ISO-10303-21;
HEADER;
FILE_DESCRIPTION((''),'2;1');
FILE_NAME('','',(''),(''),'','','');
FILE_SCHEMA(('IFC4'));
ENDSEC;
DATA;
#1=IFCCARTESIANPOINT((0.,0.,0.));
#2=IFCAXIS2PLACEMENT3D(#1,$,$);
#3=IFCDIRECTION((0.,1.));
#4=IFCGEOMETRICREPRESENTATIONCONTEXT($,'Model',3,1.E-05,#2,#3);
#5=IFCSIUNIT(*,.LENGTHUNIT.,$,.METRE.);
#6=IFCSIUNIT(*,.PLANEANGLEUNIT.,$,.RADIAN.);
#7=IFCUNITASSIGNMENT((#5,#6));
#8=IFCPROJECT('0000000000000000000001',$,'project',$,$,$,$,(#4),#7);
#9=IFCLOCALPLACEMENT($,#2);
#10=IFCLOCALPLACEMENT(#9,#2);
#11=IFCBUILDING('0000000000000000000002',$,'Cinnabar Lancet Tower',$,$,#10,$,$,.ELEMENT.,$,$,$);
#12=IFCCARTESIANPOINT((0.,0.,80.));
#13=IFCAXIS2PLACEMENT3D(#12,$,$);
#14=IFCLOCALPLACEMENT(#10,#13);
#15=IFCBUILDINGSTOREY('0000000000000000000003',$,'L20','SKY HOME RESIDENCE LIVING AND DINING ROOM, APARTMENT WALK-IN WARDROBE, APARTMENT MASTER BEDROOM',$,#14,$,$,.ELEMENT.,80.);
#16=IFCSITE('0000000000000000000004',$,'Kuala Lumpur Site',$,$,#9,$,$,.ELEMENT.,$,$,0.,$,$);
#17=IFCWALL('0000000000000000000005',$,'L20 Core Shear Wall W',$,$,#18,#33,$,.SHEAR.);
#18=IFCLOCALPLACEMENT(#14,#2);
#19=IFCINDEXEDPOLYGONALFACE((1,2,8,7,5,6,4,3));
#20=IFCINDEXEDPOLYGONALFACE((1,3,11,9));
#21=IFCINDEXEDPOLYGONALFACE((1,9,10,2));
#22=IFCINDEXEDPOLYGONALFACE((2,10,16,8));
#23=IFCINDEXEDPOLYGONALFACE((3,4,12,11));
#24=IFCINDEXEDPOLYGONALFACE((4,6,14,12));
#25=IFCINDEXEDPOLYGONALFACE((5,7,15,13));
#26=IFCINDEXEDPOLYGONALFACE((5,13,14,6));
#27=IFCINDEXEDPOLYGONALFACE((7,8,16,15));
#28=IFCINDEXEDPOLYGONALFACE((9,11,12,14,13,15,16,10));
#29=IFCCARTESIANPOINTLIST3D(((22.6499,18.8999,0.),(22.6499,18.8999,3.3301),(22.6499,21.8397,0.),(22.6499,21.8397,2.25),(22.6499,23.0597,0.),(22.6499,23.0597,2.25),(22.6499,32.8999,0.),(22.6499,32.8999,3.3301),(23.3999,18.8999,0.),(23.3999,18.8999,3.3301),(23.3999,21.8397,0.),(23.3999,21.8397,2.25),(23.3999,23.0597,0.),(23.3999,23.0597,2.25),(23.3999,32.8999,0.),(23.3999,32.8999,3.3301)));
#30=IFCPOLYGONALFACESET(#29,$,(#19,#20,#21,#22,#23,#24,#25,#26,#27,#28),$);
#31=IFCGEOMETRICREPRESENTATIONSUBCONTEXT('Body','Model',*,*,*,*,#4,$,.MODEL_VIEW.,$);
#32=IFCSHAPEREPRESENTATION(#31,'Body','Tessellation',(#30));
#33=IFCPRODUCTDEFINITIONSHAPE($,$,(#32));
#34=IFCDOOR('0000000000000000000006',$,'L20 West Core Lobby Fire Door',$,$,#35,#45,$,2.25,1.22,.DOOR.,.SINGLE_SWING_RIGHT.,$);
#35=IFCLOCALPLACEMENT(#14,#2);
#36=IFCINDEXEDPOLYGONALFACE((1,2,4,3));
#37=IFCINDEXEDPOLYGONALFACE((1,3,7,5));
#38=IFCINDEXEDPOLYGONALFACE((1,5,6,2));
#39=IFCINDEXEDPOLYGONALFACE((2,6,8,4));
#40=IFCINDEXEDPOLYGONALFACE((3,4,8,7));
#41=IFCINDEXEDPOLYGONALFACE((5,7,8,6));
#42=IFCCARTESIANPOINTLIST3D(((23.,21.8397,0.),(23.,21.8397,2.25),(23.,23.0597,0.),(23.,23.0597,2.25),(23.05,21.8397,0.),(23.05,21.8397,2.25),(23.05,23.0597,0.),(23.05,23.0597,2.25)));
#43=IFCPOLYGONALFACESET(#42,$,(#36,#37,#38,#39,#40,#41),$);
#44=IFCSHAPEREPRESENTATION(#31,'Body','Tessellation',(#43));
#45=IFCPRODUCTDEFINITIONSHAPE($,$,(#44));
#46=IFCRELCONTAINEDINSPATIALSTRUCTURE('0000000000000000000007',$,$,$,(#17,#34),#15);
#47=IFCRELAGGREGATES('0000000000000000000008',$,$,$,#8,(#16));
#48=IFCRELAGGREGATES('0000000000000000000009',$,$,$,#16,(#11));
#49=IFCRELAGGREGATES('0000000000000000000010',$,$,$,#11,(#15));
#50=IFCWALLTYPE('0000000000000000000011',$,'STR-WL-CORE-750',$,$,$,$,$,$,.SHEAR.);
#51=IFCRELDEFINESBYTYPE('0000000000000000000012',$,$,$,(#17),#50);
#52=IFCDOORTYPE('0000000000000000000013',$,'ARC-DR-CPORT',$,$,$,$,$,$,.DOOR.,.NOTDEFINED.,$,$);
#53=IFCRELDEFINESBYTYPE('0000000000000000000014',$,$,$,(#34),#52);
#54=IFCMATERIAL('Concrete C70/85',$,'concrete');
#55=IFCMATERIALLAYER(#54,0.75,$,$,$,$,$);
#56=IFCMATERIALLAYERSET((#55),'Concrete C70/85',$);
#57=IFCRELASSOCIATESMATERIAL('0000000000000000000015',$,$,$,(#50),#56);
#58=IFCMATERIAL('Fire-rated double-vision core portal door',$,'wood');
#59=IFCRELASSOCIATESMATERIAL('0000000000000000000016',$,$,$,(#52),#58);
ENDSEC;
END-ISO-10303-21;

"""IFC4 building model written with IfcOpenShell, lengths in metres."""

from ifc_helpers import new_model, si_unit, direction, frame, frame_2d, origin, place, context, subcontext, project, spatial, rectangle, extrude, material, layer, layer_set, type_object, element, fill, save


model = new_model("IFC4")

# Units and contexts
model_context = context("Model", 3, precision=1e-05, world=origin(), true_north=direction((0.0, 1.0)))
body_context = subcontext(model_context, "Body", "Model", "MODEL_VIEW")
ifc_project = project(units=[si_unit("LENGTHUNIT", "METRE"), si_unit("PLANEANGLEUNIT", "RADIAN")], contexts=[model_context])

# Site, building, storey
site_placement = place(None, origin())
site = spatial("IfcSite", under=ifc_project, at=site_placement, Name="Kuala Lumpur Site", CompositionType="ELEMENT", RefElevation=0.0)
building_placement = place(site_placement, origin())
building = spatial("IfcBuilding", under=site, at=building_placement, Name="Cinnabar Lancet Tower", CompositionType="ELEMENT")
storey_placement = place(building_placement, frame((0.0, 0.0, 80.0)))
storey = spatial("IfcBuildingStorey", under=building, at=storey_placement, Name="L20", Description="SKY HOME RESIDENCE LIVING AND DINING ROOM, APARTMENT WALK-IN WARDROBE, APARTMENT MASTER BEDROOM", CompositionType="ELEMENT", Elevation=80.0)

# Shared definitions
ifc_material_1 = material(Name="Concrete C70/85", Category="concrete")
ifc_layer_1 = layer(ifc_material_1, 0.75)
ifc_layer_set_1 = layer_set([ifc_layer_1], Name="Concrete C70/85")
wall_type_1 = type_object("IfcWallType", Name="STR-WL-CORE-750", PredefinedType="SHEAR", material=ifc_layer_set_1)

# Wall, opening, door
wall_1_placement = place(storey_placement, frame((23.0249, 18.8999, 0.0), z_axis=(0.0, 0.0, 1.0), x_axis=(0.0, 1.0, 0.0)))
wall_1 = element("IfcWall", 1, at=wall_1_placement, inside=storey, type_object=wall_type_1, Name="L20 Core Shear Wall W", PredefinedType="SHEAR", context=body_context, shape_type="SweptSolid", body=[
    extrude(rectangle(XDim=14.0, YDim=0.75, at=frame_2d((7.0, 0.0))), origin(), (0.0, 0.0, 1.0), 3.3301),
])
opening_1_placement = place(wall_1_placement, frame((2.9399, 0.0, 0.0)))
opening_1 = element("IfcOpeningElement", 2, at=opening_1_placement, cuts=wall_1, PredefinedType="OPENING", context=body_context, shape_type="SweptSolid", body=[
    extrude(rectangle(XDim=1.22, YDim=2.25, at=frame_2d((0.6099, 1.125))), frame((0.0, 0.385, 0.0), z_axis=(0.0, -1.0, 0.0), x_axis=(1.0, 0.0, 0.0)), (0.0, 0.0, 1.0), 0.77),
])
ifc_material_2 = material(Name="Fire-rated double-vision core portal door", Category="wood")
door_type_1 = type_object("IfcDoorType", Name="ARC-DR-CPORT", OperationType="NOTDEFINED", PredefinedType="DOOR", material=ifc_material_2)
door_1_placement = place(opening_1_placement, origin())
door_1 = element("IfcDoor", 3, at=door_1_placement, inside=storey, type_object=door_type_1, Name="L20 West Core Lobby Fire Door", OperationType="SINGLE_SWING_RIGHT", OverallHeight=2.25, OverallWidth=1.22, PredefinedType="DOOR", context=body_context, shape_type="SweptSolid", body=[
    extrude(rectangle(XDim=1.22, YDim=2.25, at=frame_2d((0.6099, 1.125))), frame((0.0, 0.0249, 0.0), z_axis=(0.0, -1.0, 0.0), x_axis=(1.0, 0.0, 0.0)), (0.0, 0.0, 1.0), 0.05),
])
fill(opening_1, door_1)

save(model, "model.ifc")
